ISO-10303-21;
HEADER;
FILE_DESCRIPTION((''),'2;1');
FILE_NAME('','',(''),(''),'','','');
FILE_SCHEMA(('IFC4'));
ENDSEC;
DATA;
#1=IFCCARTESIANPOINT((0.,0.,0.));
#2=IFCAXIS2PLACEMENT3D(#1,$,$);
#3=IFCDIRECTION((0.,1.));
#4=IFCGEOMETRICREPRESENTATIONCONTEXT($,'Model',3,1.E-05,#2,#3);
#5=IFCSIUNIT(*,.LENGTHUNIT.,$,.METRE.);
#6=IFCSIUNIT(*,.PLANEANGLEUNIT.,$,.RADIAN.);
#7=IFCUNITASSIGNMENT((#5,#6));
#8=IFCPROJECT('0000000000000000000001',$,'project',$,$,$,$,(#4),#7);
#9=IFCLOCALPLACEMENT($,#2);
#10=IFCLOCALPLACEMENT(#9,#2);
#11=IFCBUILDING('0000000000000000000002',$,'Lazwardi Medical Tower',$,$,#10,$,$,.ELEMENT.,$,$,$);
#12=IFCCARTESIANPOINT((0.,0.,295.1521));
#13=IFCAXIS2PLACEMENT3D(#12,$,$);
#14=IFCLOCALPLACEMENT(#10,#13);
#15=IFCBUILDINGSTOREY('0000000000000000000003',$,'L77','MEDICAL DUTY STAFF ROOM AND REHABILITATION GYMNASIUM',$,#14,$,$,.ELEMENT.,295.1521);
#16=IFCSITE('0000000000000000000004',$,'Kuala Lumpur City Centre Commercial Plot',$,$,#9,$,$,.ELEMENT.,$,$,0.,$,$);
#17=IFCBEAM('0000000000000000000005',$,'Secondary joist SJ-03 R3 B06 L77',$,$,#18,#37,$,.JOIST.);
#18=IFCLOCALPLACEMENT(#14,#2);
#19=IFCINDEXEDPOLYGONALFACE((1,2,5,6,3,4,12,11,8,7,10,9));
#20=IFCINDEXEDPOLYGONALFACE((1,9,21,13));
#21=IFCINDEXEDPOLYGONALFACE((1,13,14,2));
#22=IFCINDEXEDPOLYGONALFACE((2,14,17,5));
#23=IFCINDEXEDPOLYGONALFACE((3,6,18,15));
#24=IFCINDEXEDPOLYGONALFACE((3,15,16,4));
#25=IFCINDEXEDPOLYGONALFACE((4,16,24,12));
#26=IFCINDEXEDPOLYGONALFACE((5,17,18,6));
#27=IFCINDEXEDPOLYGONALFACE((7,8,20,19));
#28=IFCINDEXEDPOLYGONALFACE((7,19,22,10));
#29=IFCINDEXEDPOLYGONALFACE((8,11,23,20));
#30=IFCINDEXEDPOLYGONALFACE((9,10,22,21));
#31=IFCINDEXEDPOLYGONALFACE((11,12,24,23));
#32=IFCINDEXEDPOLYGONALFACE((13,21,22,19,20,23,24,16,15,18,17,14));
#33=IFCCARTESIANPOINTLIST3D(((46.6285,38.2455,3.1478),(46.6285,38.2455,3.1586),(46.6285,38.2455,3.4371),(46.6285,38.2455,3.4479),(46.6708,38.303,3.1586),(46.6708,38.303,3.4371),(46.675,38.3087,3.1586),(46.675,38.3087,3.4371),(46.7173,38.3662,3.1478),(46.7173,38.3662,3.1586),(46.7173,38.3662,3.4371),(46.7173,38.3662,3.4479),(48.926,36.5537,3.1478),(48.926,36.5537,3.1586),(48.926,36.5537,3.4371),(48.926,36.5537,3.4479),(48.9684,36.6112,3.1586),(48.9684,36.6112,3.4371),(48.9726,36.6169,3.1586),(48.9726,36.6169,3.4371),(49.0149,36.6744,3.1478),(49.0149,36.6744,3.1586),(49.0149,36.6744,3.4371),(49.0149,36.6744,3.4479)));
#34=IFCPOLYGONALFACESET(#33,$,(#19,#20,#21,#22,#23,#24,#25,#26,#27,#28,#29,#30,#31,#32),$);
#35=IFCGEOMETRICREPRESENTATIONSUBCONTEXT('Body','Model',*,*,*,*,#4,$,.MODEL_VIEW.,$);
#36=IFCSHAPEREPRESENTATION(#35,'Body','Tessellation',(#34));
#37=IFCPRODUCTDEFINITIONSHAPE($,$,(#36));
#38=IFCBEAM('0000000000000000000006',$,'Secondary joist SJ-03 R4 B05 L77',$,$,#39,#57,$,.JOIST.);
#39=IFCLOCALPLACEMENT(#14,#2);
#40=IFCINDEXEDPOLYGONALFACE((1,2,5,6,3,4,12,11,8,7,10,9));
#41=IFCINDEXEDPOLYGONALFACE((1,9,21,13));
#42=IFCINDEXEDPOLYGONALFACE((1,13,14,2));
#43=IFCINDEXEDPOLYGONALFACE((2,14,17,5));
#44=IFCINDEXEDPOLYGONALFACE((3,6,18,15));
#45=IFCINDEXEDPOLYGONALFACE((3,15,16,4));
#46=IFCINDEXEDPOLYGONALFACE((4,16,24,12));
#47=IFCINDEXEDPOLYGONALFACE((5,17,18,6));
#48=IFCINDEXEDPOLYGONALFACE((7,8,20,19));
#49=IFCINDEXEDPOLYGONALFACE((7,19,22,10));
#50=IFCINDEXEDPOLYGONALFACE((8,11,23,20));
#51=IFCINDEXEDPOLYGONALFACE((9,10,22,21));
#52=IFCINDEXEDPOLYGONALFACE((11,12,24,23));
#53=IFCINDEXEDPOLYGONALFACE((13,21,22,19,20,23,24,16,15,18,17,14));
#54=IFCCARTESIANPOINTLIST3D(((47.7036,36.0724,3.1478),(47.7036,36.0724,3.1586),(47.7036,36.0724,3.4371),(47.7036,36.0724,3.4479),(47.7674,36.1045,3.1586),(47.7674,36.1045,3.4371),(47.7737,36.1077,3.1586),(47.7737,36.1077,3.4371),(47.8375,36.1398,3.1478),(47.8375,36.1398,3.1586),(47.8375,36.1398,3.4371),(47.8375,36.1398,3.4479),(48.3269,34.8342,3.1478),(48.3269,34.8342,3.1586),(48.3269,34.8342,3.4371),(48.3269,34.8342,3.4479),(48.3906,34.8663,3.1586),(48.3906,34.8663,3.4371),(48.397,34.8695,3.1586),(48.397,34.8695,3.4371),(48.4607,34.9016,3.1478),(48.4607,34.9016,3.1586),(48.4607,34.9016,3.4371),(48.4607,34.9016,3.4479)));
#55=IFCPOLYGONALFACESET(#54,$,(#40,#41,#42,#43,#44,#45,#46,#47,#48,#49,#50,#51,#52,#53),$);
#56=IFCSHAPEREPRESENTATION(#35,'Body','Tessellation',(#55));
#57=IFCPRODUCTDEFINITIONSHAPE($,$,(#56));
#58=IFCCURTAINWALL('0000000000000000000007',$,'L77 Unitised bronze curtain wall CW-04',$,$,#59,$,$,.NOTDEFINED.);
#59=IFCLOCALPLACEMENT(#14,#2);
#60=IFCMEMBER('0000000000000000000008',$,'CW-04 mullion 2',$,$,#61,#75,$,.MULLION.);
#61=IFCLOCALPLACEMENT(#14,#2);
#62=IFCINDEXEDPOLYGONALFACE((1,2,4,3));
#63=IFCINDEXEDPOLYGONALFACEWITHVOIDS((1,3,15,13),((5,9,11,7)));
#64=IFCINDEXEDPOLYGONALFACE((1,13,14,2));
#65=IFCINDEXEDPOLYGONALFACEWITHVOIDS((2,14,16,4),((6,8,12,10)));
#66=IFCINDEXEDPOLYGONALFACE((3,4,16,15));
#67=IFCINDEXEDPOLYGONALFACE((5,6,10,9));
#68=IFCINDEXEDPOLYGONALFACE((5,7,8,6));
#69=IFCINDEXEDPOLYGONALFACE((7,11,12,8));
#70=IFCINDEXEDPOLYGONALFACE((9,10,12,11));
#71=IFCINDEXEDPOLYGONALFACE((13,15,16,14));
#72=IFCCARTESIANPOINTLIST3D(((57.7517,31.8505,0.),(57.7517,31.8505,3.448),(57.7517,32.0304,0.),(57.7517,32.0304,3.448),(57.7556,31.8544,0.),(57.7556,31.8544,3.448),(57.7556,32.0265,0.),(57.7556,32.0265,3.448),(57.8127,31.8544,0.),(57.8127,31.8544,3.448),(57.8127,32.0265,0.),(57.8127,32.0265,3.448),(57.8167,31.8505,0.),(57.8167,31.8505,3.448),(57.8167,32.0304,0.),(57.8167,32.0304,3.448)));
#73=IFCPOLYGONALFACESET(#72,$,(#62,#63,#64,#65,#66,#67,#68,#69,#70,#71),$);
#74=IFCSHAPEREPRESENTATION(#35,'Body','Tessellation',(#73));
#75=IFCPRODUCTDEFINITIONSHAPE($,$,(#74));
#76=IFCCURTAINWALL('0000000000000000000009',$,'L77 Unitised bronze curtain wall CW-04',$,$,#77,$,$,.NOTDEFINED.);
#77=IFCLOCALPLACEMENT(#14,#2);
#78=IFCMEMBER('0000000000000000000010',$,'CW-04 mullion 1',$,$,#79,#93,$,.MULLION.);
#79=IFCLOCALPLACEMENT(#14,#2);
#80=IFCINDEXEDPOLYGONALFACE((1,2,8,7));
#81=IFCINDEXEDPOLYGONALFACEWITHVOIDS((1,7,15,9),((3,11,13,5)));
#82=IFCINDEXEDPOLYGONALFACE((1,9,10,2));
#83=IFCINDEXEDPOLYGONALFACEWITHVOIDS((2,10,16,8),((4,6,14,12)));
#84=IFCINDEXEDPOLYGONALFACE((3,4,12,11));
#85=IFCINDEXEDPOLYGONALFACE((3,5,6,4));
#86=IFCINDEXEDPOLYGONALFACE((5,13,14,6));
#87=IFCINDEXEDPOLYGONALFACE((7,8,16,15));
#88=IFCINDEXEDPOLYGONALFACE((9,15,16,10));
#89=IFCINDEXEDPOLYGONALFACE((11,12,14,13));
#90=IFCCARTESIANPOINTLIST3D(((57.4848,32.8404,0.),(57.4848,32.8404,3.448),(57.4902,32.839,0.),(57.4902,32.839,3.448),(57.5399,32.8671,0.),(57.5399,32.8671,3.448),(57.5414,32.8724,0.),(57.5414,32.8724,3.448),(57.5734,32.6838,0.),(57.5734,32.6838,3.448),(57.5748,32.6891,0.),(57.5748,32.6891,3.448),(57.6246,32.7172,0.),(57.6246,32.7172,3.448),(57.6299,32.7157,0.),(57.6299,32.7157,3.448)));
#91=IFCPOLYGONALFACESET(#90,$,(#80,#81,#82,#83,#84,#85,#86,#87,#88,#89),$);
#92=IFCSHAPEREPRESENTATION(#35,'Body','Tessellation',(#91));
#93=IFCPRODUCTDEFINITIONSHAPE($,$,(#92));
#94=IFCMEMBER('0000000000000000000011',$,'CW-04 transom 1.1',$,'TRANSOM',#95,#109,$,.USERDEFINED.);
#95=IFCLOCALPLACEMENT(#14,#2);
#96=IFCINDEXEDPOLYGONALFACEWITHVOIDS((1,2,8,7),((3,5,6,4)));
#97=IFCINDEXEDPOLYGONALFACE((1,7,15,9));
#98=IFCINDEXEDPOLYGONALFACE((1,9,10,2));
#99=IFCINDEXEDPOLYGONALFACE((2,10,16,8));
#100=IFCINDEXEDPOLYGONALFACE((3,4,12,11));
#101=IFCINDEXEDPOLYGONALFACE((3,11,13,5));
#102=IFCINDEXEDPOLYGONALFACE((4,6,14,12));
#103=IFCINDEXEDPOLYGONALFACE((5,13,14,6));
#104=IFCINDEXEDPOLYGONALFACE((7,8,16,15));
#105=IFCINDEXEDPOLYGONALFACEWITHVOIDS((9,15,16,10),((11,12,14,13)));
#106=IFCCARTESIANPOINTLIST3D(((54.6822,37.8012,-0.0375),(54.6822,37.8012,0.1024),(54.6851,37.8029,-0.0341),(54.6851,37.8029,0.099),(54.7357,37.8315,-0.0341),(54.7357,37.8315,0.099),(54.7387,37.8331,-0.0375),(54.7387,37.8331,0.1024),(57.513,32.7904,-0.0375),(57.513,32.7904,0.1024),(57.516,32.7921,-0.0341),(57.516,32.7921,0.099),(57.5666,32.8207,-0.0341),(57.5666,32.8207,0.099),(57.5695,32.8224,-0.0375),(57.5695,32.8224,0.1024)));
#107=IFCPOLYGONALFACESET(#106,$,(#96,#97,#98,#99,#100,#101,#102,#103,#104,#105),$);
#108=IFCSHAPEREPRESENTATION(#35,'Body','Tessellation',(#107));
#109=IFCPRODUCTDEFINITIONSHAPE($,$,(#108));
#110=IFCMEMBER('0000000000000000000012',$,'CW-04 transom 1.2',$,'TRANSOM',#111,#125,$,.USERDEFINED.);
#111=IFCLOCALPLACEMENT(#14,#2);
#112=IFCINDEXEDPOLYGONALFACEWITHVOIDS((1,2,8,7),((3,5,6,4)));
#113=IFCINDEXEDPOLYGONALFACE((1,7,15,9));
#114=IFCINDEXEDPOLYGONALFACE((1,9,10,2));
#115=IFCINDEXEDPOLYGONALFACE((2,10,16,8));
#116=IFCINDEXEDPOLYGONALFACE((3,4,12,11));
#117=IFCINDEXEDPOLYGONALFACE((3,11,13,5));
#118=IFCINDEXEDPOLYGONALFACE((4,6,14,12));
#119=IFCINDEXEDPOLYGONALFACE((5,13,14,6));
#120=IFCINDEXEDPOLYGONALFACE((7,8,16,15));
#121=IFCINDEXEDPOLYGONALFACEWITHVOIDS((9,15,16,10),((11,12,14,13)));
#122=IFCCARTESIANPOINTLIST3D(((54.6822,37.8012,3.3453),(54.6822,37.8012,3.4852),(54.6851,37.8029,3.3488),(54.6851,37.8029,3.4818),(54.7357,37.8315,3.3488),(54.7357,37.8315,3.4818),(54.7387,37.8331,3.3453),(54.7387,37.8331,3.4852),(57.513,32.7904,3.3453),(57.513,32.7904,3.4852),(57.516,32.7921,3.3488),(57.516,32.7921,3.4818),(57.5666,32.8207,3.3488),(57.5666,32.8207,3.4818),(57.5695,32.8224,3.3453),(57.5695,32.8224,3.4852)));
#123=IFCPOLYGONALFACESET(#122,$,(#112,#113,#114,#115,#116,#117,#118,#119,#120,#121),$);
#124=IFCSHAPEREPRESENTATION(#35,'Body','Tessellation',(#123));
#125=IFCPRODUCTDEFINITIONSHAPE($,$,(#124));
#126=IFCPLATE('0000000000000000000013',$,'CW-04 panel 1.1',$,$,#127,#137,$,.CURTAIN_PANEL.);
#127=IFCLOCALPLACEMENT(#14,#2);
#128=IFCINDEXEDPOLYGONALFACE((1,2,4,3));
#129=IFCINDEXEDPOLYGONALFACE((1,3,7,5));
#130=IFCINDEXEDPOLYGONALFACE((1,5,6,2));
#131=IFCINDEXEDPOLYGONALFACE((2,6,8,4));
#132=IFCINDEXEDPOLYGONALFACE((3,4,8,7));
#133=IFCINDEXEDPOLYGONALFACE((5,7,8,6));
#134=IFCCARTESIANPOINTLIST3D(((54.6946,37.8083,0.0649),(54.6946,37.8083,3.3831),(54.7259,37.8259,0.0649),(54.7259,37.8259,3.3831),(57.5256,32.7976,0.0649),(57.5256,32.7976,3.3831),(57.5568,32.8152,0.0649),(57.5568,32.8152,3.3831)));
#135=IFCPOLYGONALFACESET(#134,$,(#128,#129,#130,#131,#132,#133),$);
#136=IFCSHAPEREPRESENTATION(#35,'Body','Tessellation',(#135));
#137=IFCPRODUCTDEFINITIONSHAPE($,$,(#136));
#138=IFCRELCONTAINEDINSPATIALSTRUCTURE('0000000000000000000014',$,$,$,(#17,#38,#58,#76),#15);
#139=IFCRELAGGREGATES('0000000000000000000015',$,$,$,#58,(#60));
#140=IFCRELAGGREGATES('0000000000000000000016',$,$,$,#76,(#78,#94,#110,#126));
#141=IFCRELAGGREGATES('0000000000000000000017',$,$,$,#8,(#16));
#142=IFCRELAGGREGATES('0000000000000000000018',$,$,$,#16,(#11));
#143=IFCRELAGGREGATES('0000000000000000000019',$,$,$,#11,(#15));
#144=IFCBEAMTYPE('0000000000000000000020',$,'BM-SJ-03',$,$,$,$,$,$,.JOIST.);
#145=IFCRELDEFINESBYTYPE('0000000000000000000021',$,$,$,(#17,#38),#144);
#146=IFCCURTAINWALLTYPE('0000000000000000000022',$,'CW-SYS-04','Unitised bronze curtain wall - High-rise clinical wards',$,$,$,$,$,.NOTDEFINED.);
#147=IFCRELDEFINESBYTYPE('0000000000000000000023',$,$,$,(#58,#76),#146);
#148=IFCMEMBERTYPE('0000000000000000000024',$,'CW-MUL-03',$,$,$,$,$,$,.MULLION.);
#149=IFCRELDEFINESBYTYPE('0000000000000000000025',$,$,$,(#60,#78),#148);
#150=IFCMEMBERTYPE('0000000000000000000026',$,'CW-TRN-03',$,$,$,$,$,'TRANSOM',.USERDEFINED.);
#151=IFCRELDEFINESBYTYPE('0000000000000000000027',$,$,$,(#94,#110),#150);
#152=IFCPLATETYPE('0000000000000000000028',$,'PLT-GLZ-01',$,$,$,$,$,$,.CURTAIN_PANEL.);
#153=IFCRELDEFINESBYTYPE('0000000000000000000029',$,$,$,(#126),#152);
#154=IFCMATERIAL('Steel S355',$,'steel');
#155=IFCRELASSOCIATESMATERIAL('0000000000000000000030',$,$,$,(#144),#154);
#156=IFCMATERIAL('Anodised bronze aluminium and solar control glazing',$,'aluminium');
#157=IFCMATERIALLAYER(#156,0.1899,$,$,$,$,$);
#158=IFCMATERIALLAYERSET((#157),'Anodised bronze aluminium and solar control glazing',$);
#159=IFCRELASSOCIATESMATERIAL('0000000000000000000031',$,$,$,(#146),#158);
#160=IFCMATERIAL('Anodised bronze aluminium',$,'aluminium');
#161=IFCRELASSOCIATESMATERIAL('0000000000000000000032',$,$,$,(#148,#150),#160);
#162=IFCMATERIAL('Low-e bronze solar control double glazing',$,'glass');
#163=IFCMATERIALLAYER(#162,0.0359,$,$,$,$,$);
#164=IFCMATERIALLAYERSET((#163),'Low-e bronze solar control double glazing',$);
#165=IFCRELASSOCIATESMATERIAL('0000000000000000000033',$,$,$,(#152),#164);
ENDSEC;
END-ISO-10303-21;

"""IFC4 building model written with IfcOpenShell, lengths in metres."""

from ifc_helpers import new_model, si_unit, direction, frame, origin, origin_2d, place, context, subcontext, project, spatial, rectangle, hollow_rectangle, i_section, extrude, material, layer, layer_set, material_profile, profile_set, type_object, element, aggregate, save


model = new_model("IFC4")

# Units and contexts
model_context = context("Model", 3, precision=1e-05, world=origin(), true_north=direction((0.0, 1.0)))
body_context = subcontext(model_context, "Body", "Model", "MODEL_VIEW")
ifc_project = project(units=[si_unit("LENGTHUNIT", "METRE"), si_unit("PLANEANGLEUNIT", "RADIAN")], contexts=[model_context])

# Site, building, storey
site_placement = place(None, origin())
site = spatial("IfcSite", under=ifc_project, at=site_placement, Name="Kuala Lumpur City Centre Commercial Plot", CompositionType="ELEMENT", RefElevation=0.0)
building_placement = place(site_placement, origin())
building = spatial("IfcBuilding", under=site, at=building_placement, Name="Lazwardi Medical Tower", CompositionType="ELEMENT")
storey_placement = place(building_placement, frame((0.0, 0.0, 295.1521)))
storey = spatial("IfcBuildingStorey", under=building, at=storey_placement, Name="L77", Description="MEDICAL DUTY STAFF ROOM AND REHABILITATION GYMNASIUM", CompositionType="ELEMENT", Elevation=295.1521)

# Beams
ifc_material_1 = material(Name="Steel S355", Category="steel")
ifc_material_profile_1 = material_profile(ifc_material_1, i_section(OverallWidth=0.1499, OverallDepth=0.3, WebThickness=0.0071, FlangeThickness=0.0107, at=origin_2d()), Name="IPE 300")
ifc_profile_set_1 = profile_set([ifc_material_profile_1], Name="Steel S355")
beam_type_1 = type_object("IfcBeamType", Name="BM-SJ-03", PredefinedType="JOIST", material=ifc_profile_set_1)
beam_1_placement = place(storey_placement, frame((48.9705, 36.614, 3.2979), z_axis=(-0.805236, 0.592954, 0.0), x_axis=(-0.592954, -0.805236, 0.0)))
element("IfcBeam", 1, at=beam_1_placement, inside=storey, type_object=beam_type_1, Name="Secondary joist SJ-03 R3 B06 L77", PredefinedType="JOIST", context=body_context, shape_type="SweptSolid", body=[
    extrude(i_section(OverallWidth=0.1499, OverallDepth=0.3, WebThickness=0.0071, FlangeThickness=0.0107, at=origin_2d()), origin(), (0.0, 0.0, 1.0), 2.8533),
])
beam_2_placement = place(storey_placement, frame((48.3938, 34.8679, 3.2979), z_axis=(-0.449607, 0.893226, 0.0), x_axis=(-0.893226, -0.449607, 0.0)))
element("IfcBeam", 2, at=beam_2_placement, inside=storey, type_object=beam_type_1, Name="Secondary joist SJ-03 R4 B05 L77", PredefinedType="JOIST", context=body_context, shape_type="SweptSolid", body=[
    extrude(i_section(OverallWidth=0.1499, OverallDepth=0.3, WebThickness=0.0071, FlangeThickness=0.0107, at=origin_2d()), origin(), (0.0, 0.0, 1.0), 1.3862),
])

# Curtain wall, member
ifc_material_2 = material(Name="Anodised bronze aluminium and solar control glazing", Category="aluminium")
ifc_layer_1 = layer(ifc_material_2, 0.1899)
ifc_layer_set_1 = layer_set([ifc_layer_1], Name="Anodised bronze aluminium and solar control glazing")
curtain_wall_type = type_object("IfcCurtainWallType", Name="CW-SYS-04", Description="Unitised bronze curtain wall - High-rise clinical wards", PredefinedType="NOTDEFINED", material=ifc_layer_set_1)
curtain_wall_1_placement = place(storey_placement, origin())
curtain_wall_1 = element("IfcCurtainWall", 3, at=curtain_wall_1_placement, inside=storey, type_object=curtain_wall_type, Name="L77 Unitised bronze curtain wall CW-04", PredefinedType="NOTDEFINED")
ifc_material_3 = material(Name="Anodised bronze aluminium", Category="aluminium")
ifc_material_profile_2 = material_profile(ifc_material_3, hollow_rectangle(XDim=0.0649, YDim=0.1799, WallThickness=0.0039, at=origin_2d()), Name="ALU-MULLION 180x65x4")
ifc_profile_set_2 = profile_set([ifc_material_profile_2], Name="Anodised bronze aluminium")
member_type_1 = type_object("IfcMemberType", Name="CW-MUL-03", PredefinedType="MULLION", material=ifc_profile_set_2)
member_1_placement = place(storey_placement, frame((57.7842, 31.9404, 0.0), z_axis=(0.0, 0.0, 1.0), x_axis=(-1.0, 0.0, 0.0)))
member_1 = element("IfcMember", 4, at=member_1_placement, type_object=member_type_1, Name="CW-04 mullion 2", PredefinedType="MULLION", context=body_context, shape_type="SweptSolid", body=[
    extrude(hollow_rectangle(XDim=0.0649, YDim=0.1799, WallThickness=0.0039, at=origin_2d()), origin(), (0.0, 0.0, 1.0), 3.448),
])
aggregate(curtain_wall_1, [member_1])

# Curtain wall, members, plate
curtain_wall_2_placement = place(storey_placement, origin())
curtain_wall_2 = element("IfcCurtainWall", 5, at=curtain_wall_2_placement, inside=storey, type_object=curtain_wall_type, Name="L77 Unitised bronze curtain wall CW-04", PredefinedType="NOTDEFINED")
member_2_placement = place(storey_placement, frame((57.5574, 32.7781, 0.0), z_axis=(0.0, 0.0, 1.0), x_axis=(-0.870651, -0.4919, 0.0)))
member_2 = element("IfcMember", 6, at=member_2_placement, type_object=member_type_1, Name="CW-04 mullion 1", PredefinedType="MULLION", context=body_context, shape_type="SweptSolid", body=[
    extrude(hollow_rectangle(XDim=0.0649, YDim=0.1799, WallThickness=0.0039, at=origin_2d()), origin(), (0.0, 0.0, 1.0), 3.448),
])
ifc_material_profile_3 = material_profile(ifc_material_3, hollow_rectangle(XDim=0.0649, YDim=0.1399, WallThickness=0.0034, at=origin_2d()), Name="ALU-TRANSOM 140x65x3.5")
ifc_profile_set_3 = profile_set([ifc_material_profile_3], Name="Anodised bronze aluminium")
member_type_2 = type_object("IfcMemberType", Name="CW-TRN-03", ElementType="TRANSOM", PredefinedType="USERDEFINED", material=ifc_profile_set_3)
member_3_placement = place(storey_placement, frame((57.5413, 32.8064, 0.0325), z_axis=(-0.49188, 0.870663, 0.0), x_axis=(-0.870663, -0.49188, 0.0)))
member_3 = element("IfcMember", 7, at=member_3_placement, type_object=member_type_2, Name="CW-04 transom 1.1", ObjectType="TRANSOM", PredefinedType="USERDEFINED", context=body_context, shape_type="SweptSolid", body=[
    extrude(hollow_rectangle(XDim=0.0649, YDim=0.1399, WallThickness=0.0034, at=origin_2d()), origin(), (0.0, 0.0, 1.0), 5.7551),
])
member_4_placement = place(storey_placement, frame((57.5413, 32.8064, 3.4153), z_axis=(-0.49188, 0.870663, 0.0), x_axis=(-0.870663, -0.49188, 0.0)))
member_4 = element("IfcMember", 8, at=member_4_placement, type_object=member_type_2, Name="CW-04 transom 1.2", ObjectType="TRANSOM", PredefinedType="USERDEFINED", context=body_context, shape_type="SweptSolid", body=[
    extrude(hollow_rectangle(XDim=0.0649, YDim=0.1399, WallThickness=0.0034, at=origin_2d()), origin(), (0.0, 0.0, 1.0), 5.7551),
])
ifc_material_4 = material(Name="Low-e bronze solar control double glazing", Category="glass")
ifc_layer_2 = layer(ifc_material_4, 0.0359)
ifc_layer_set_2 = layer_set([ifc_layer_2], Name="Low-e bronze solar control double glazing")
plate_type = type_object("IfcPlateType", Name="PLT-GLZ-01", PredefinedType="CURTAIN_PANEL", material=ifc_layer_set_2)
plate_placement = place(storey_placement, frame((56.1257, 35.3118, 0.0649), z_axis=(0.0, 0.0, 1.0), x_axis=(-0.4919, 0.870651, 0.0)))
plate = element("IfcPlate", 9, at=plate_placement, type_object=plate_type, Name="CW-04 panel 1.1", PredefinedType="CURTAIN_PANEL", context=body_context, shape_type="SweptSolid", body=[
    extrude(rectangle(XDim=5.7551, YDim=0.0359, at=origin_2d()), origin(), (0.0, 0.0, 1.0), 3.3181),
])
aggregate(curtain_wall_2, [member_2, member_3, member_4, plate])

save(model, "model.ifc")
